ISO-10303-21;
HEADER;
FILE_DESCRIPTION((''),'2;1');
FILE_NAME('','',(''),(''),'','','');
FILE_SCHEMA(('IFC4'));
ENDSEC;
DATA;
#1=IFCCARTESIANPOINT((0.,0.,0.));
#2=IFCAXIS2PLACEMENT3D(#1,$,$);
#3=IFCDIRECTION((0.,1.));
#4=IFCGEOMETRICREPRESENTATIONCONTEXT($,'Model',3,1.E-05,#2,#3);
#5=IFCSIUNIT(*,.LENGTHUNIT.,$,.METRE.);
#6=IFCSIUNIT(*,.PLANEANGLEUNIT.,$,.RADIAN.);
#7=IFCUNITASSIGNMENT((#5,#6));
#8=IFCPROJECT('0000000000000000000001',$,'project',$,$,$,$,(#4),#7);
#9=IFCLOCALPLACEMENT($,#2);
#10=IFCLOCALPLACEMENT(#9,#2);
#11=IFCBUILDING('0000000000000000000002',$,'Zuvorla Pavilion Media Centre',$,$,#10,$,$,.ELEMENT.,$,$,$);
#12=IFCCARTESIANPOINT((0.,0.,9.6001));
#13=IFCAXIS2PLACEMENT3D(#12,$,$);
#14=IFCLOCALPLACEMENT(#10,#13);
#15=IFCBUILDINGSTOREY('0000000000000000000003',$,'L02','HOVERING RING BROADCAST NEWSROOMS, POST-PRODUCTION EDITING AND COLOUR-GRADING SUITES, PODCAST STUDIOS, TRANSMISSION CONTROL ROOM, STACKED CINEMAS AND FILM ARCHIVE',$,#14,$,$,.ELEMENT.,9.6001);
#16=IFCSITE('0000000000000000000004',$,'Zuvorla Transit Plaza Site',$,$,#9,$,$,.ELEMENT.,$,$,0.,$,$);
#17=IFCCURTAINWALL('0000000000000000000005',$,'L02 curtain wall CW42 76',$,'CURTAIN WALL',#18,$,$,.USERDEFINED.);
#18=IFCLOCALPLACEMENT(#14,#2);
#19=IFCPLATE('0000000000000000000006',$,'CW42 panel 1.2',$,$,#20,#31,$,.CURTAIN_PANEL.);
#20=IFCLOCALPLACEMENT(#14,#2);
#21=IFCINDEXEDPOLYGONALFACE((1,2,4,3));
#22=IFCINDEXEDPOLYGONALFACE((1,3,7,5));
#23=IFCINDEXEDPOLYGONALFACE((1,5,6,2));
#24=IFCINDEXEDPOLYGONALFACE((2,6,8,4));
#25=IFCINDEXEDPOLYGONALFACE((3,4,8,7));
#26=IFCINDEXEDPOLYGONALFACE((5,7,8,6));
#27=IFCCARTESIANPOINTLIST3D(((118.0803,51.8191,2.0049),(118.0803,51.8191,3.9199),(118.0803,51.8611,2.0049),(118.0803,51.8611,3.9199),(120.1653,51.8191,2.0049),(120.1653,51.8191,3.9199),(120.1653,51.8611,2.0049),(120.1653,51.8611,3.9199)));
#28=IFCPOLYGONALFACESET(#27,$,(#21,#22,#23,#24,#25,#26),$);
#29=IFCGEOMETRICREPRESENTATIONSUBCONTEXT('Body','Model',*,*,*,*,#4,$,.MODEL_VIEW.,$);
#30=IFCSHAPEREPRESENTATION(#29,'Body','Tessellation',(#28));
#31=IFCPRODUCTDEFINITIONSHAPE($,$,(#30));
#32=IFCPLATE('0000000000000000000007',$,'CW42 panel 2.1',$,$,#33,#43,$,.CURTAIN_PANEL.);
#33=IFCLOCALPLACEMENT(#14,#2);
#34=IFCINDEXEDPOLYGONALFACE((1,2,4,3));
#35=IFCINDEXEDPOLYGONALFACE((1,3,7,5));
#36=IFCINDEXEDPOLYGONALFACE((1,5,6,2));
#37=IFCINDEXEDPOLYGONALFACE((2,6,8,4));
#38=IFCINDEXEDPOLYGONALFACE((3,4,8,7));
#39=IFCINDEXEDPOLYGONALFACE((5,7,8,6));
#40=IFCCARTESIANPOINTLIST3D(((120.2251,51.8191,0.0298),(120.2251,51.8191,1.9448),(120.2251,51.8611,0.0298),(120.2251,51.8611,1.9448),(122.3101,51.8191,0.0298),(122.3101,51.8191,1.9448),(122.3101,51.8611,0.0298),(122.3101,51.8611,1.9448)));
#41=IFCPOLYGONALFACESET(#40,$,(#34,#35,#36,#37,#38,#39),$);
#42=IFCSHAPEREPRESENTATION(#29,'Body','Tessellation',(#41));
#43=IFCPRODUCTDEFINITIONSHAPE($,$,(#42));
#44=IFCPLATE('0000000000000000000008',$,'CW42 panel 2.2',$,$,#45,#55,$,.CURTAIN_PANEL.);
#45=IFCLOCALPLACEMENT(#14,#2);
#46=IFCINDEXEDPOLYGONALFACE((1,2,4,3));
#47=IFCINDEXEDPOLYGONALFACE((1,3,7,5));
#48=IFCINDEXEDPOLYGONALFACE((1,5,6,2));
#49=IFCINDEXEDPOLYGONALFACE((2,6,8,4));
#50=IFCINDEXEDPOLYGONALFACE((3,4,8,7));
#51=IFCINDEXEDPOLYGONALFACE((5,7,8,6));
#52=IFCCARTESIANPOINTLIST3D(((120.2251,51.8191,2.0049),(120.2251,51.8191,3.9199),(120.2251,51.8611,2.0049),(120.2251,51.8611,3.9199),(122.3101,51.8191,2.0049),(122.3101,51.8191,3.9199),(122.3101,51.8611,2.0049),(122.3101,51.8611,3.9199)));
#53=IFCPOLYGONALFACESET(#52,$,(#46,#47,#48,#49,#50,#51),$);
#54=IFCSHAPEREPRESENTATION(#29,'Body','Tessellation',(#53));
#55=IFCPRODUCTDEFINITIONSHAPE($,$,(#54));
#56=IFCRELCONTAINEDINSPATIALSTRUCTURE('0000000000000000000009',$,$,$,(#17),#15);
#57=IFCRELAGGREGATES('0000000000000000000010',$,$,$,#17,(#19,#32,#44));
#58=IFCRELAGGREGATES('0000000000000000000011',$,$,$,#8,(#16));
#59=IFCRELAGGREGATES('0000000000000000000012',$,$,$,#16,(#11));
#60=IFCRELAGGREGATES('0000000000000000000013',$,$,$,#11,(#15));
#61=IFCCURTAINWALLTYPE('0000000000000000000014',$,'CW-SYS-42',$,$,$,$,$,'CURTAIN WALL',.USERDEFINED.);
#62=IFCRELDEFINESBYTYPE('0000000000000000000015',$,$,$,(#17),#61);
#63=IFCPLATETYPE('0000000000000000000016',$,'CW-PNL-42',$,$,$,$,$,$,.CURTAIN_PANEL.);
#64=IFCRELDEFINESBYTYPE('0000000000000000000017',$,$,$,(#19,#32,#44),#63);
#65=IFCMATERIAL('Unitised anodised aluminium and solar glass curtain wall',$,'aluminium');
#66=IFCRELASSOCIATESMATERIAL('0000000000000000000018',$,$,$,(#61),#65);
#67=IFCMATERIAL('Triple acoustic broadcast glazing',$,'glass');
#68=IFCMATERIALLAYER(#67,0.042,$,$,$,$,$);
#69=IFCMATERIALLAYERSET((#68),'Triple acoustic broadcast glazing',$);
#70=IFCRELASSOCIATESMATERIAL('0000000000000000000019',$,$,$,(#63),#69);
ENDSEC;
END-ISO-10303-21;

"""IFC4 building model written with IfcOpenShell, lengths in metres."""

from ifc_helpers import new_model, si_unit, direction, frame, origin, origin_2d, place, context, subcontext, project, spatial, rectangle, extrude, material, layer, layer_set, type_object, element, aggregate, save


model = new_model("IFC4")

# Units and contexts
model_context = context("Model", 3, precision=1e-05, world=origin(), true_north=direction((0.0, 1.0)))
body_context = subcontext(model_context, "Body", "Model", "MODEL_VIEW")
ifc_project = project(units=[si_unit("LENGTHUNIT", "METRE"), si_unit("PLANEANGLEUNIT", "RADIAN")], contexts=[model_context])

# Site, building, storey
site_placement = place(None, origin())
site = spatial("IfcSite", under=ifc_project, at=site_placement, Name="Zuvorla Transit Plaza Site", CompositionType="ELEMENT", RefElevation=0.0)
building_placement = place(site_placement, origin())
building = spatial("IfcBuilding", under=site, at=building_placement, Name="Zuvorla Pavilion Media Centre", CompositionType="ELEMENT")
storey_placement = place(building_placement, frame((0.0, 0.0, 9.6001)))
storey = spatial("IfcBuildingStorey", under=building, at=storey_placement, Name="L02", Description="HOVERING RING BROADCAST NEWSROOMS, POST-PRODUCTION EDITING AND COLOUR-GRADING SUITES, PODCAST STUDIOS, TRANSMISSION CONTROL ROOM, STACKED CINEMAS AND FILM ARCHIVE", CompositionType="ELEMENT", Elevation=9.6001)

# Shared definitions
ifc_material_1 = material(Name="Unitised anodised aluminium and solar glass curtain wall", Category="aluminium")

# Curtain wall
curtain_wall_type_1 = type_object("IfcCurtainWallType", Name="CW-SYS-42", ElementType="CURTAIN WALL", PredefinedType="USERDEFINED", material=ifc_material_1)
curtain_wall_1_placement = place(storey_placement, origin())
curtain_wall_1 = element("IfcCurtainWall", 1, at=curtain_wall_1_placement, inside=storey, type_object=curtain_wall_type_1, Name="L02 curtain wall CW42 76", ObjectType="CURTAIN WALL", PredefinedType="USERDEFINED")

# Plates
ifc_material_2 = material(Name="Triple acoustic broadcast glazing", Category="glass")
ifc_layer_1 = layer(ifc_material_2, 0.042)
ifc_layer_set_1 = layer_set([ifc_layer_1], Name="Triple acoustic broadcast glazing")
plate_type_1 = type_object("IfcPlateType", Name="CW-PNL-42", PredefinedType="CURTAIN_PANEL", material=ifc_layer_set_1)
plate_1_placement = place(storey_placement, frame((119.1228, 51.8401, 2.0049), z_axis=(0.0, 0.0, 1.0), x_axis=(1.0, 0.0, 0.0)))
plate_1 = element("IfcPlate", 2, at=plate_1_placement, type_object=plate_type_1, Name="CW42 panel 1.2", PredefinedType="CURTAIN_PANEL", context=body_context, shape_type="SweptSolid", body=[
    extrude(rectangle(XDim=2.085, YDim=0.042, at=origin_2d()), origin(), (0.0, 0.0, 1.0), 1.915),
])
plate_2_placement = place(storey_placement, frame((121.2676, 51.8401, 0.0298), z_axis=(0.0, 0.0, 1.0), x_axis=(1.0, 0.0, 0.0)))
plate_2 = element("IfcPlate", 3, at=plate_2_placement, type_object=plate_type_1, Name="CW42 panel 2.1", PredefinedType="CURTAIN_PANEL", context=body_context, shape_type="SweptSolid", body=[
    extrude(rectangle(XDim=2.085, YDim=0.042, at=origin_2d()), origin(), (0.0, 0.0, 1.0), 1.915),
])
plate_3_placement = place(storey_placement, frame((121.2676, 51.8401, 2.0049), z_axis=(0.0, 0.0, 1.0), x_axis=(1.0, 0.0, 0.0)))
plate_3 = element("IfcPlate", 4, at=plate_3_placement, type_object=plate_type_1, Name="CW42 panel 2.2", PredefinedType="CURTAIN_PANEL", context=body_context, shape_type="SweptSolid", body=[
    extrude(rectangle(XDim=2.085, YDim=0.042, at=origin_2d()), origin(), (0.0, 0.0, 1.0), 1.915),
])
aggregate(curtain_wall_1, [plate_1, plate_2, plate_3])

save(model, "model.ifc")
